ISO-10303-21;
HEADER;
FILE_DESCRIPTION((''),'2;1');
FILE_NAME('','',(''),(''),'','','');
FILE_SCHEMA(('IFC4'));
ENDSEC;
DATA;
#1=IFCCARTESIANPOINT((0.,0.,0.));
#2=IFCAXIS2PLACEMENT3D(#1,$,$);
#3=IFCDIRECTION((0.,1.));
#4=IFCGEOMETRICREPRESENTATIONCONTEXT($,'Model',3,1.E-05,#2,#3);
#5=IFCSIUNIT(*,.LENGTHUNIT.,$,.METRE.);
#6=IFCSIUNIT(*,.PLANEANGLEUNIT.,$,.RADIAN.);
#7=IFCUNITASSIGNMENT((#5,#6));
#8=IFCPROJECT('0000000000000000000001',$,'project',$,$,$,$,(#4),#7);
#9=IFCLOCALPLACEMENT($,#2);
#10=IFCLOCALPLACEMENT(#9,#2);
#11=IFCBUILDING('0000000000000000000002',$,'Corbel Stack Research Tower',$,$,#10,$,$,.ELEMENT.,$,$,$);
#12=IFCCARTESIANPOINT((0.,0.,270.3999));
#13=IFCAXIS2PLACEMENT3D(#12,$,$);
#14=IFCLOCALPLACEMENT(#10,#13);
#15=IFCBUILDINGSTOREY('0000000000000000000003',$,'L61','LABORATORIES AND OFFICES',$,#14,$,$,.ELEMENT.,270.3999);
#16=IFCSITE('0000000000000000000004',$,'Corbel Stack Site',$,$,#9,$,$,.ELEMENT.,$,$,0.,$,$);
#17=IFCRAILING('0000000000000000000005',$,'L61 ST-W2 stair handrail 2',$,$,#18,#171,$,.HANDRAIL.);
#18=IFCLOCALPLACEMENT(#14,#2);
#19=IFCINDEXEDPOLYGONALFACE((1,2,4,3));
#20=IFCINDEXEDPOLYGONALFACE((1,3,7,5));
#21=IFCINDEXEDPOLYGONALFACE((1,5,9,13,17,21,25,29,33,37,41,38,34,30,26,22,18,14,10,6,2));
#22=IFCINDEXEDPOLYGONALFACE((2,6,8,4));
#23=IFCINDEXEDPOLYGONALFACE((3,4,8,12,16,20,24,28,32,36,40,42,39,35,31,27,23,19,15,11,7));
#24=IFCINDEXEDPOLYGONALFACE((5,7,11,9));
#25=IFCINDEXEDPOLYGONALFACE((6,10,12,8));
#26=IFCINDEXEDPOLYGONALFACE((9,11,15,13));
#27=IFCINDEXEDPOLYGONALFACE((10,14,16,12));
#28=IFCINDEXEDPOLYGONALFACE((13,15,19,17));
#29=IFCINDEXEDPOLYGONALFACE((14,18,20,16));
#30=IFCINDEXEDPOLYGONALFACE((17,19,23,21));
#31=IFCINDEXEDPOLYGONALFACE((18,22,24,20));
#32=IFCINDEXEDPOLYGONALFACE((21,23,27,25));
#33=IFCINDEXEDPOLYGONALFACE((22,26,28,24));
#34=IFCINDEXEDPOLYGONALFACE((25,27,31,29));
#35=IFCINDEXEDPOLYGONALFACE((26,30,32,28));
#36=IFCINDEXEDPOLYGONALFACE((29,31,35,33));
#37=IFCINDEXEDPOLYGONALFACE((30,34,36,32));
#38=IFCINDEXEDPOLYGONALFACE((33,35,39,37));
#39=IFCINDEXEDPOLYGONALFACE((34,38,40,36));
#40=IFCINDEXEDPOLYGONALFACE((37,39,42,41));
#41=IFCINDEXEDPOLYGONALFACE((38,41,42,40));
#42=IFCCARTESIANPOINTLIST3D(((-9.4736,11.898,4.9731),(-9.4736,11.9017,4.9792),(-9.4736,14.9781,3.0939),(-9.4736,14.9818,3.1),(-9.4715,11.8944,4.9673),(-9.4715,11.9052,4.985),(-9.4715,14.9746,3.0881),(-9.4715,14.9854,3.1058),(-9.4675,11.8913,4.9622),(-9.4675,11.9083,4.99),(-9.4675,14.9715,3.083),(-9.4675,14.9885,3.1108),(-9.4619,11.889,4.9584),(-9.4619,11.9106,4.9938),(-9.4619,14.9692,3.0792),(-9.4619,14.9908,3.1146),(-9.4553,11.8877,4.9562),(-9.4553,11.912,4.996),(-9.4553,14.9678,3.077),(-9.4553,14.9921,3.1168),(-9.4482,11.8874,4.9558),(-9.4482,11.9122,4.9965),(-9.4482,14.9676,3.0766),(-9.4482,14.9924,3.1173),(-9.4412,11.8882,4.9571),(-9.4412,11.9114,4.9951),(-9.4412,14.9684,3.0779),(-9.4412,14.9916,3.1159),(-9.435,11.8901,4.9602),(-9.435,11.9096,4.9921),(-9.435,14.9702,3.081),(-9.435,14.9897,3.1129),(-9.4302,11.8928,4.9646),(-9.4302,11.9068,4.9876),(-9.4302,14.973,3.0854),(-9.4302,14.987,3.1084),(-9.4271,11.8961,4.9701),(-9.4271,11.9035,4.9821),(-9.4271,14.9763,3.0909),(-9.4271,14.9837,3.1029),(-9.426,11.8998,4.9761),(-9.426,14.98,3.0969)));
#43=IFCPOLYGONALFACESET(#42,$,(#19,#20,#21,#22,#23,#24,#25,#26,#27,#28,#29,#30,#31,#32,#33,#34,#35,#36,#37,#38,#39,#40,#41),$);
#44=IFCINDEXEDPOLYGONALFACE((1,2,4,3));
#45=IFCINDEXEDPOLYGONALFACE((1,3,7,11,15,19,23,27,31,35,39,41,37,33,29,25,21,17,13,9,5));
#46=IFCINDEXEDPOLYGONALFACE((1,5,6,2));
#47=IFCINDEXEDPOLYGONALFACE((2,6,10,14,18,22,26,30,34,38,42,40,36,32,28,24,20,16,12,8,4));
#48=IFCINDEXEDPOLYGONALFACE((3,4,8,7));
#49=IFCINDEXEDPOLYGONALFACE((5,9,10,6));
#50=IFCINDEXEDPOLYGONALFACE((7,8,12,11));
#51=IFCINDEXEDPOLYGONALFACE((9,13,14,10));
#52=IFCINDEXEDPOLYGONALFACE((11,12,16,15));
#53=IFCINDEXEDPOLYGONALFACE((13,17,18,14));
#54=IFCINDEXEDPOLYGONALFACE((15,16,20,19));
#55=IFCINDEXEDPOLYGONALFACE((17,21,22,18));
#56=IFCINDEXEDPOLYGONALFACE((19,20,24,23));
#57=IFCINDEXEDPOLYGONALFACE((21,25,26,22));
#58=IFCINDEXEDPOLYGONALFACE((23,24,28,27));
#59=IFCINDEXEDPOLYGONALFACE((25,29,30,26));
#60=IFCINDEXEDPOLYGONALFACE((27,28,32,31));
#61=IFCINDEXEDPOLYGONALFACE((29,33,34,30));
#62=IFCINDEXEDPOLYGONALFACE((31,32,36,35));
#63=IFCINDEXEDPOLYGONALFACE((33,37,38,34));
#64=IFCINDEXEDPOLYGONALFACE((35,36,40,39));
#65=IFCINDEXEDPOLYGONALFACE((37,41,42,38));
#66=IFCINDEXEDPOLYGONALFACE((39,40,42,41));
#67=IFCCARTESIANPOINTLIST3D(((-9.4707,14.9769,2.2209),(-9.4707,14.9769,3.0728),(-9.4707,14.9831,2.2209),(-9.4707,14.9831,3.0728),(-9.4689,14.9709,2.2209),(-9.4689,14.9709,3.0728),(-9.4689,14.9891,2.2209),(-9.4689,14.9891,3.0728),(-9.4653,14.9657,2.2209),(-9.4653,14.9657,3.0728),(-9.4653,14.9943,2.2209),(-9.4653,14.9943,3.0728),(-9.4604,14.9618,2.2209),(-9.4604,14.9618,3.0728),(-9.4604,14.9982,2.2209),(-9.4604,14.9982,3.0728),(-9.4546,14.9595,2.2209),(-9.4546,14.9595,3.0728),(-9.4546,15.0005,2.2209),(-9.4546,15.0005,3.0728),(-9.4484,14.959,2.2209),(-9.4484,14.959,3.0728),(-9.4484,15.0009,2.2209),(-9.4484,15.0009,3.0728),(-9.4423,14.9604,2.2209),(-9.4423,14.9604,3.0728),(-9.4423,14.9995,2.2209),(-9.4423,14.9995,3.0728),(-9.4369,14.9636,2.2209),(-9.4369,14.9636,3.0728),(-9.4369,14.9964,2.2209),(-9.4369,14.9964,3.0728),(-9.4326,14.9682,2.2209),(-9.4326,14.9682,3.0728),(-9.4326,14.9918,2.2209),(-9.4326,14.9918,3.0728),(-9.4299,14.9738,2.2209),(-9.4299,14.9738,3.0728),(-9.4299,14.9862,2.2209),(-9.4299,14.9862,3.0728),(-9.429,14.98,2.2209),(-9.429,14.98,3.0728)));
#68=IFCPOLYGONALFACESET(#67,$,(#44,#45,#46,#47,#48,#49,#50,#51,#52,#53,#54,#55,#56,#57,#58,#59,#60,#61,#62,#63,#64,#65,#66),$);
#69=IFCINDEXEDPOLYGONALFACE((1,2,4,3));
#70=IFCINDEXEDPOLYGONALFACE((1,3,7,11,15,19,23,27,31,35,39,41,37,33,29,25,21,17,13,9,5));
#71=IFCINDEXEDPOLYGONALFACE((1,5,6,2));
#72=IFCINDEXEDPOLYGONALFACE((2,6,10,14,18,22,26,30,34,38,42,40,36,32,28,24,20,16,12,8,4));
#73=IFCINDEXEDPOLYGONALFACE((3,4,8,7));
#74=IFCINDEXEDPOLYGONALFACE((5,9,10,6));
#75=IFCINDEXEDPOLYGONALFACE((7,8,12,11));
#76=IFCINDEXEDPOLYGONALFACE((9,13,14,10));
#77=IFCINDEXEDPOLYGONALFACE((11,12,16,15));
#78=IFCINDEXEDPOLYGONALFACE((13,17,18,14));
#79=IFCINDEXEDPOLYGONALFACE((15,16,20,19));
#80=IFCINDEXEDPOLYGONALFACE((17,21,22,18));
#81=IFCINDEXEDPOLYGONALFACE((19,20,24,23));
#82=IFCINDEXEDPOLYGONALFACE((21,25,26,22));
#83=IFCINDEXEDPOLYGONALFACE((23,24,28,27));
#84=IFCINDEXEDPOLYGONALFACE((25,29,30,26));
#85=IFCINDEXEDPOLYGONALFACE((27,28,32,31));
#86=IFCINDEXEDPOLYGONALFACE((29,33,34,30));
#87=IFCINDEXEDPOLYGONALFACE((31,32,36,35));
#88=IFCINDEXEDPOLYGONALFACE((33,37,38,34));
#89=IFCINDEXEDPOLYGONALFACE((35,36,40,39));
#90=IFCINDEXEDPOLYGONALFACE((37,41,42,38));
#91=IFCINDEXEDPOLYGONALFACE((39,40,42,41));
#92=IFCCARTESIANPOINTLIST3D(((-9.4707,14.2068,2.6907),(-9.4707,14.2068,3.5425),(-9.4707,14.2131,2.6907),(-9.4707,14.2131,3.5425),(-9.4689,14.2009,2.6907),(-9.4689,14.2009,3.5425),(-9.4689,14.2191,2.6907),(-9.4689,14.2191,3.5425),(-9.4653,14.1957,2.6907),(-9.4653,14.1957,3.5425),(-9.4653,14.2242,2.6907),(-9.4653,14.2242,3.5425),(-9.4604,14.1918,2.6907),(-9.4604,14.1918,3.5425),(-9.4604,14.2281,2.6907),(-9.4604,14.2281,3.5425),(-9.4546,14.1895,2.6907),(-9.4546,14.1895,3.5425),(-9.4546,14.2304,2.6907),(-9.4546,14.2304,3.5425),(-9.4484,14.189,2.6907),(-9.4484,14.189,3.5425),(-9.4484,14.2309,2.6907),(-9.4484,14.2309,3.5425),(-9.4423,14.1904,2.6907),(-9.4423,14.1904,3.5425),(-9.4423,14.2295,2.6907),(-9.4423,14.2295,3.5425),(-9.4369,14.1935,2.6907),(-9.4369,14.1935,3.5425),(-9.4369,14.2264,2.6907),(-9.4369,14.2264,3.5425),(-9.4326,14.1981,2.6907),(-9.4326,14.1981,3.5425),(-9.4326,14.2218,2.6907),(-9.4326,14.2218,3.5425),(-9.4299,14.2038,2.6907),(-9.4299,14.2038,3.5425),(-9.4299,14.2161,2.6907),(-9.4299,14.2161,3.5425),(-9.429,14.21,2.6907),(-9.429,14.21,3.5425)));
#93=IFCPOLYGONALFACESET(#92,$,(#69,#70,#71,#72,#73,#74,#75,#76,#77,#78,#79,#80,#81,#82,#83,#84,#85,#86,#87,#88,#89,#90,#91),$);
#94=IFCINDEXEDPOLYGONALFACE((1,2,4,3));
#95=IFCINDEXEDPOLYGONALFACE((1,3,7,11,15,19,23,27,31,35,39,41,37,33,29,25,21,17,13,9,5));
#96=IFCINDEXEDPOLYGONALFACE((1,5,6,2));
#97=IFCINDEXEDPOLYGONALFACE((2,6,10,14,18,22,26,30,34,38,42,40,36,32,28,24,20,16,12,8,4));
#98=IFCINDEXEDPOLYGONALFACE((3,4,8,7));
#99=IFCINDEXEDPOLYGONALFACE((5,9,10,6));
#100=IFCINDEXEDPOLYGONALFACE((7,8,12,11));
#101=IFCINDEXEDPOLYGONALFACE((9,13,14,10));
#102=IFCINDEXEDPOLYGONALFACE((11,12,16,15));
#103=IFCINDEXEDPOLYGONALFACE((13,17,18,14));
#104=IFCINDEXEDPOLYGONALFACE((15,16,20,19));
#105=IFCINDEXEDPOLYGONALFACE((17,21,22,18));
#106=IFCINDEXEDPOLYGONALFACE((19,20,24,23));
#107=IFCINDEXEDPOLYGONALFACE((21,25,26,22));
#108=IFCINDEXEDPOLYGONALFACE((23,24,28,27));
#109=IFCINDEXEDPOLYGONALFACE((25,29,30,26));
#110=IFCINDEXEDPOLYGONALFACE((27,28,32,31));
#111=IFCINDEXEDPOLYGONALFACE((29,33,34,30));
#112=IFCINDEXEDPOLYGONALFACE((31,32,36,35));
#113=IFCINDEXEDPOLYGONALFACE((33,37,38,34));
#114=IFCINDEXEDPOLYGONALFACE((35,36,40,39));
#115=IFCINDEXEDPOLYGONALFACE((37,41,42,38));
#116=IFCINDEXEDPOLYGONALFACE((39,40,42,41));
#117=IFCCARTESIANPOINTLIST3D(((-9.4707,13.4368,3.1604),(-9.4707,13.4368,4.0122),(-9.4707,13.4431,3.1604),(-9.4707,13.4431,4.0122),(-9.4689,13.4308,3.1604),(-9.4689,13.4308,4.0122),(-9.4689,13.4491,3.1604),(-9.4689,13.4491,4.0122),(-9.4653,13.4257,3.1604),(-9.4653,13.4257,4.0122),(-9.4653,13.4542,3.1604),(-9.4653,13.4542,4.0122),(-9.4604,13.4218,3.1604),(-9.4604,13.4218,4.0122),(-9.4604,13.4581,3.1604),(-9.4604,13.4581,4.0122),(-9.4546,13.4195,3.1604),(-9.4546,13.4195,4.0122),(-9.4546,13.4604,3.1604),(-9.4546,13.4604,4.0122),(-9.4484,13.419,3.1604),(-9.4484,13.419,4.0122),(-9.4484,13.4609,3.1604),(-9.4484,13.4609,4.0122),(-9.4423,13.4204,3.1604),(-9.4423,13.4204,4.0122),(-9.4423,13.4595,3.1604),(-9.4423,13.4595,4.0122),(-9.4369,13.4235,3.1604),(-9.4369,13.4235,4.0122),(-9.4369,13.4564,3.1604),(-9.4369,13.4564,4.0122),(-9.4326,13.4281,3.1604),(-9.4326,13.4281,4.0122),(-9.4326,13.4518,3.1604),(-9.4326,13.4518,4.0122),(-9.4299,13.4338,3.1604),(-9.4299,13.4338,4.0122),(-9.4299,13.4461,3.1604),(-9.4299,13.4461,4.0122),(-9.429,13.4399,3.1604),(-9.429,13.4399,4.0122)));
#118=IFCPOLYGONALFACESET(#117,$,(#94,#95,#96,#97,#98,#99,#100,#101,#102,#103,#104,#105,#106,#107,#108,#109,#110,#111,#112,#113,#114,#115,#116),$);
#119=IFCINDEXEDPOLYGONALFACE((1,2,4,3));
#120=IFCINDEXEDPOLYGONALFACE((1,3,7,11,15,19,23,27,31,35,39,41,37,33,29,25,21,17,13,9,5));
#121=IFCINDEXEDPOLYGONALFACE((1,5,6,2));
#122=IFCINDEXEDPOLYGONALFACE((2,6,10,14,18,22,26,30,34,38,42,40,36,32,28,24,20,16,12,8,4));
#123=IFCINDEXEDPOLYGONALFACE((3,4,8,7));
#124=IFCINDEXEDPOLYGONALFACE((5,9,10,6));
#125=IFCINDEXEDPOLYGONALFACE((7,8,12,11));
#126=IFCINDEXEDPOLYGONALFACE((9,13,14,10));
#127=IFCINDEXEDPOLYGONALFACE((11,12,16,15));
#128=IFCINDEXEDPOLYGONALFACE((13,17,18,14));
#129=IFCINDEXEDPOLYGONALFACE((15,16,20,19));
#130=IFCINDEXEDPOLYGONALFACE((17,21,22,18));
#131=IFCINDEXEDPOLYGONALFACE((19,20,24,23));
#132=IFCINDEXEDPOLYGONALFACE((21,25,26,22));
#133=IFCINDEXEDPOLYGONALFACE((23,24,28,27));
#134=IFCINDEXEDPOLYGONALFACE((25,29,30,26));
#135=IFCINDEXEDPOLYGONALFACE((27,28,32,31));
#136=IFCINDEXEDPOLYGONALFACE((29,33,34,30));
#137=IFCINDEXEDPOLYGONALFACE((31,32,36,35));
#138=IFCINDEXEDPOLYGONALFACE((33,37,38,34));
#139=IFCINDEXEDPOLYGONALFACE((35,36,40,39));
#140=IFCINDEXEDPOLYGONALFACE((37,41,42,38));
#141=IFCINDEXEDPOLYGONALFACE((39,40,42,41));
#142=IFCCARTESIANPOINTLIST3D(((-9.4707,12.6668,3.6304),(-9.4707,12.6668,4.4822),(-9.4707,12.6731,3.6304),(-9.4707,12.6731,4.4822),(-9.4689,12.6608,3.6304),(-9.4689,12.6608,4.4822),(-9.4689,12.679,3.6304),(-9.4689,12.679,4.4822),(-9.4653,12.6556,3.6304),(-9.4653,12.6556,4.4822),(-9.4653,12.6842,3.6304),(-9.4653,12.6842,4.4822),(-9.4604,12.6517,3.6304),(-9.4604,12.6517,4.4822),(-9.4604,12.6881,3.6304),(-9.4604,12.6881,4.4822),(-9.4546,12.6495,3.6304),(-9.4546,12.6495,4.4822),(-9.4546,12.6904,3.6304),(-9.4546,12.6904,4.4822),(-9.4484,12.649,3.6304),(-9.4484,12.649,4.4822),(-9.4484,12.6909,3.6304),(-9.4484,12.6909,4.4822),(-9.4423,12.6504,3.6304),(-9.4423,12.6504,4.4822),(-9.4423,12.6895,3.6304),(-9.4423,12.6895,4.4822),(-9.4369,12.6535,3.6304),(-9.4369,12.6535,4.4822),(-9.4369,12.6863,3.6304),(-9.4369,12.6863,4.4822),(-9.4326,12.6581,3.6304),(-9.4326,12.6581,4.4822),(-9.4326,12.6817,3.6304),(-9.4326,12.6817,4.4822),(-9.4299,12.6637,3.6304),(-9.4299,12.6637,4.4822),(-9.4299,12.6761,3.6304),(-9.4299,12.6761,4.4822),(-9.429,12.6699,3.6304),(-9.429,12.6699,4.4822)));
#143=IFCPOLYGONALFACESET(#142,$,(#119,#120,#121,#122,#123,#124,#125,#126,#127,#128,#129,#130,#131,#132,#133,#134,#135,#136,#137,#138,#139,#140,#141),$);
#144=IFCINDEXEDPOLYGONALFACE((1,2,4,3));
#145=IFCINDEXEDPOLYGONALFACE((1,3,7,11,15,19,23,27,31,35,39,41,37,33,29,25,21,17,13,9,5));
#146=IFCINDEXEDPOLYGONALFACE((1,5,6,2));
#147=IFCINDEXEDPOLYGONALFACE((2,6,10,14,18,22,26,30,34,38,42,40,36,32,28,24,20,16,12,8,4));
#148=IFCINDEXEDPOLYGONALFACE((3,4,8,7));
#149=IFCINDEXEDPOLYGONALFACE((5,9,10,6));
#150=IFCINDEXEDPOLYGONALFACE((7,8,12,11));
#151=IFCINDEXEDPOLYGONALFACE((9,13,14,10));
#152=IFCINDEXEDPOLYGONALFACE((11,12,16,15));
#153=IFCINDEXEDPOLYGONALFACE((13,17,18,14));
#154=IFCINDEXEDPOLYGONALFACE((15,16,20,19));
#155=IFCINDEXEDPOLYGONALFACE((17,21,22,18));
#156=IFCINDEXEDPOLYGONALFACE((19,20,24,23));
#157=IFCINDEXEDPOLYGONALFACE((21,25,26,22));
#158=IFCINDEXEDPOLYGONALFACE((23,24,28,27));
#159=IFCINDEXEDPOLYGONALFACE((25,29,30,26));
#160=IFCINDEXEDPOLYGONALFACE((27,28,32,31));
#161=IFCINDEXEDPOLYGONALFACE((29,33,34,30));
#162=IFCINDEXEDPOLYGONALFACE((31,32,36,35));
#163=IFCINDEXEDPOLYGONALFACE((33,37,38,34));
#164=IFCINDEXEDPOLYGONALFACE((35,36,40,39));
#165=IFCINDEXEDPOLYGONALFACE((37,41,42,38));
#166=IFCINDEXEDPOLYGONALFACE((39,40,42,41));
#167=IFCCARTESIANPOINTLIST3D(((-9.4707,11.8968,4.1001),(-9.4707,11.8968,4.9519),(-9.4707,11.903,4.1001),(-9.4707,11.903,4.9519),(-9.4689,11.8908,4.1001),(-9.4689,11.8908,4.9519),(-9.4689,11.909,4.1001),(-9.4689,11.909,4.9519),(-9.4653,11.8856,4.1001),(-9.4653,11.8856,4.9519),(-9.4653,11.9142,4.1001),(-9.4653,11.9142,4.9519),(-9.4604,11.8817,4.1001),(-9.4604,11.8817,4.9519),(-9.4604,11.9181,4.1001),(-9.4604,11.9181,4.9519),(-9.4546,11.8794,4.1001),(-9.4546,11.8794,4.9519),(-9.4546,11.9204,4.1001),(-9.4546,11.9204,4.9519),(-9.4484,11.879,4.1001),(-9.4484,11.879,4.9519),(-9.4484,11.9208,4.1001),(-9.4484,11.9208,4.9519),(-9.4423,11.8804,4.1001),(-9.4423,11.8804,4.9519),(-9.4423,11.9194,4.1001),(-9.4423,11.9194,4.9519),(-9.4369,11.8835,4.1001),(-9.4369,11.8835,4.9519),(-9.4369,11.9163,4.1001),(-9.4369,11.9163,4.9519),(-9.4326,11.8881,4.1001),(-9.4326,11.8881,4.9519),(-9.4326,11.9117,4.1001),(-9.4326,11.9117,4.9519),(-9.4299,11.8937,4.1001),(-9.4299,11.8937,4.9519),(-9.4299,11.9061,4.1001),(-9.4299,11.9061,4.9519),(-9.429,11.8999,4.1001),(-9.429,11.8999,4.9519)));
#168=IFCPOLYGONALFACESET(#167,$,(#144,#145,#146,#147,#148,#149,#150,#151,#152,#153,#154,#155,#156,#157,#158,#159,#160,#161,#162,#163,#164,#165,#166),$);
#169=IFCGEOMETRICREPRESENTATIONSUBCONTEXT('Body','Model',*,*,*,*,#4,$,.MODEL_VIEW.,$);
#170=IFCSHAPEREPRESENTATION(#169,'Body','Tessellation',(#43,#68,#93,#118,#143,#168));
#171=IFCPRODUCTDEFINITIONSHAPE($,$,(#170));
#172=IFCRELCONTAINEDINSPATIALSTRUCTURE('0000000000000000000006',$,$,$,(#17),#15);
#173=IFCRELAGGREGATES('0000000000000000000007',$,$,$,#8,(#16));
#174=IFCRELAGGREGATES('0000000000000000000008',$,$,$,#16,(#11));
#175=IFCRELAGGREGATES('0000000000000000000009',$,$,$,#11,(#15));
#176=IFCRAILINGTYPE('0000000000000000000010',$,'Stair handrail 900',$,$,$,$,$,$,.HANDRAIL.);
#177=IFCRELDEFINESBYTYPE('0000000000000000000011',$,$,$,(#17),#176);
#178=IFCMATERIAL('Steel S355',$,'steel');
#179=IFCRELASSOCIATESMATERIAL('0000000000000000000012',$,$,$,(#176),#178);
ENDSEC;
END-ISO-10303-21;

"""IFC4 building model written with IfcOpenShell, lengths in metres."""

from ifc_helpers import new_model, si_unit, direction, frame, origin, origin_2d, place, context, subcontext, project, spatial, circle, extrude, material, type_object, element, save


model = new_model("IFC4")

# Units and contexts
model_context = context("Model", 3, precision=1e-05, world=origin(), true_north=direction((0.0, 1.0)))
body_context = subcontext(model_context, "Body", "Model", "MODEL_VIEW")
ifc_project = project(units=[si_unit("LENGTHUNIT", "METRE"), si_unit("PLANEANGLEUNIT", "RADIAN")], contexts=[model_context])

# Site, building, storey
site_placement = place(None, origin())
site = spatial("IfcSite", under=ifc_project, at=site_placement, Name="Corbel Stack Site", CompositionType="ELEMENT", RefElevation=0.0)
building_placement = place(site_placement, origin())
building = spatial("IfcBuilding", under=site, at=building_placement, Name="Corbel Stack Research Tower", CompositionType="ELEMENT")
storey_placement = place(building_placement, frame((0.0, 0.0, 270.3999)))
storey = spatial("IfcBuildingStorey", under=building, at=storey_placement, Name="L61", Description="LABORATORIES AND OFFICES", CompositionType="ELEMENT", Elevation=270.3999)

# Railing
ifc_material_1 = material(Name="Steel S355", Category="steel")
railing_type_1 = type_object("IfcRailingType", Name="Stair handrail 900", PredefinedType="HANDRAIL", material=ifc_material_1)
railing_1_placement = place(storey_placement, frame((-9.45, 14.98, 2.2209)))
element("IfcRailing", 1, at=railing_1_placement, inside=storey, type_object=railing_type_1, Name="L61 ST-W2 stair handrail 2", PredefinedType="HANDRAIL", context=body_context, shape_type="SweptSolid", body=[
    extrude(circle(Radius=0.0239, at=origin_2d()), frame((0.0, 0.0, 0.876), z_axis=(0.0, -0.853666, 0.52082), x_axis=(1.0, 0.0, 0.0)), (0.0, 0.0, 1.0), 3.6082),
    extrude(circle(Radius=0.021, at=origin_2d()), origin(), (0.0, 0.0, 1.0), 0.8518),
    extrude(circle(Radius=0.021, at=origin_2d()), frame((0.0, -0.77, 0.4697)), (0.0, 0.0, 1.0), 0.8518),
    extrude(circle(Radius=0.021, at=origin_2d()), frame((0.0, -1.54, 0.9395)), (0.0, 0.0, 1.0), 0.8518),
    extrude(circle(Radius=0.021, at=origin_2d()), frame((0.0, -2.3101, 1.4094)), (0.0, 0.0, 1.0), 0.8518),
    extrude(circle(Radius=0.021, at=origin_2d()), frame((0.0, -3.0801, 1.8792)), (0.0, 0.0, 1.0), 0.8518),
])

save(model, "model.ifc")
